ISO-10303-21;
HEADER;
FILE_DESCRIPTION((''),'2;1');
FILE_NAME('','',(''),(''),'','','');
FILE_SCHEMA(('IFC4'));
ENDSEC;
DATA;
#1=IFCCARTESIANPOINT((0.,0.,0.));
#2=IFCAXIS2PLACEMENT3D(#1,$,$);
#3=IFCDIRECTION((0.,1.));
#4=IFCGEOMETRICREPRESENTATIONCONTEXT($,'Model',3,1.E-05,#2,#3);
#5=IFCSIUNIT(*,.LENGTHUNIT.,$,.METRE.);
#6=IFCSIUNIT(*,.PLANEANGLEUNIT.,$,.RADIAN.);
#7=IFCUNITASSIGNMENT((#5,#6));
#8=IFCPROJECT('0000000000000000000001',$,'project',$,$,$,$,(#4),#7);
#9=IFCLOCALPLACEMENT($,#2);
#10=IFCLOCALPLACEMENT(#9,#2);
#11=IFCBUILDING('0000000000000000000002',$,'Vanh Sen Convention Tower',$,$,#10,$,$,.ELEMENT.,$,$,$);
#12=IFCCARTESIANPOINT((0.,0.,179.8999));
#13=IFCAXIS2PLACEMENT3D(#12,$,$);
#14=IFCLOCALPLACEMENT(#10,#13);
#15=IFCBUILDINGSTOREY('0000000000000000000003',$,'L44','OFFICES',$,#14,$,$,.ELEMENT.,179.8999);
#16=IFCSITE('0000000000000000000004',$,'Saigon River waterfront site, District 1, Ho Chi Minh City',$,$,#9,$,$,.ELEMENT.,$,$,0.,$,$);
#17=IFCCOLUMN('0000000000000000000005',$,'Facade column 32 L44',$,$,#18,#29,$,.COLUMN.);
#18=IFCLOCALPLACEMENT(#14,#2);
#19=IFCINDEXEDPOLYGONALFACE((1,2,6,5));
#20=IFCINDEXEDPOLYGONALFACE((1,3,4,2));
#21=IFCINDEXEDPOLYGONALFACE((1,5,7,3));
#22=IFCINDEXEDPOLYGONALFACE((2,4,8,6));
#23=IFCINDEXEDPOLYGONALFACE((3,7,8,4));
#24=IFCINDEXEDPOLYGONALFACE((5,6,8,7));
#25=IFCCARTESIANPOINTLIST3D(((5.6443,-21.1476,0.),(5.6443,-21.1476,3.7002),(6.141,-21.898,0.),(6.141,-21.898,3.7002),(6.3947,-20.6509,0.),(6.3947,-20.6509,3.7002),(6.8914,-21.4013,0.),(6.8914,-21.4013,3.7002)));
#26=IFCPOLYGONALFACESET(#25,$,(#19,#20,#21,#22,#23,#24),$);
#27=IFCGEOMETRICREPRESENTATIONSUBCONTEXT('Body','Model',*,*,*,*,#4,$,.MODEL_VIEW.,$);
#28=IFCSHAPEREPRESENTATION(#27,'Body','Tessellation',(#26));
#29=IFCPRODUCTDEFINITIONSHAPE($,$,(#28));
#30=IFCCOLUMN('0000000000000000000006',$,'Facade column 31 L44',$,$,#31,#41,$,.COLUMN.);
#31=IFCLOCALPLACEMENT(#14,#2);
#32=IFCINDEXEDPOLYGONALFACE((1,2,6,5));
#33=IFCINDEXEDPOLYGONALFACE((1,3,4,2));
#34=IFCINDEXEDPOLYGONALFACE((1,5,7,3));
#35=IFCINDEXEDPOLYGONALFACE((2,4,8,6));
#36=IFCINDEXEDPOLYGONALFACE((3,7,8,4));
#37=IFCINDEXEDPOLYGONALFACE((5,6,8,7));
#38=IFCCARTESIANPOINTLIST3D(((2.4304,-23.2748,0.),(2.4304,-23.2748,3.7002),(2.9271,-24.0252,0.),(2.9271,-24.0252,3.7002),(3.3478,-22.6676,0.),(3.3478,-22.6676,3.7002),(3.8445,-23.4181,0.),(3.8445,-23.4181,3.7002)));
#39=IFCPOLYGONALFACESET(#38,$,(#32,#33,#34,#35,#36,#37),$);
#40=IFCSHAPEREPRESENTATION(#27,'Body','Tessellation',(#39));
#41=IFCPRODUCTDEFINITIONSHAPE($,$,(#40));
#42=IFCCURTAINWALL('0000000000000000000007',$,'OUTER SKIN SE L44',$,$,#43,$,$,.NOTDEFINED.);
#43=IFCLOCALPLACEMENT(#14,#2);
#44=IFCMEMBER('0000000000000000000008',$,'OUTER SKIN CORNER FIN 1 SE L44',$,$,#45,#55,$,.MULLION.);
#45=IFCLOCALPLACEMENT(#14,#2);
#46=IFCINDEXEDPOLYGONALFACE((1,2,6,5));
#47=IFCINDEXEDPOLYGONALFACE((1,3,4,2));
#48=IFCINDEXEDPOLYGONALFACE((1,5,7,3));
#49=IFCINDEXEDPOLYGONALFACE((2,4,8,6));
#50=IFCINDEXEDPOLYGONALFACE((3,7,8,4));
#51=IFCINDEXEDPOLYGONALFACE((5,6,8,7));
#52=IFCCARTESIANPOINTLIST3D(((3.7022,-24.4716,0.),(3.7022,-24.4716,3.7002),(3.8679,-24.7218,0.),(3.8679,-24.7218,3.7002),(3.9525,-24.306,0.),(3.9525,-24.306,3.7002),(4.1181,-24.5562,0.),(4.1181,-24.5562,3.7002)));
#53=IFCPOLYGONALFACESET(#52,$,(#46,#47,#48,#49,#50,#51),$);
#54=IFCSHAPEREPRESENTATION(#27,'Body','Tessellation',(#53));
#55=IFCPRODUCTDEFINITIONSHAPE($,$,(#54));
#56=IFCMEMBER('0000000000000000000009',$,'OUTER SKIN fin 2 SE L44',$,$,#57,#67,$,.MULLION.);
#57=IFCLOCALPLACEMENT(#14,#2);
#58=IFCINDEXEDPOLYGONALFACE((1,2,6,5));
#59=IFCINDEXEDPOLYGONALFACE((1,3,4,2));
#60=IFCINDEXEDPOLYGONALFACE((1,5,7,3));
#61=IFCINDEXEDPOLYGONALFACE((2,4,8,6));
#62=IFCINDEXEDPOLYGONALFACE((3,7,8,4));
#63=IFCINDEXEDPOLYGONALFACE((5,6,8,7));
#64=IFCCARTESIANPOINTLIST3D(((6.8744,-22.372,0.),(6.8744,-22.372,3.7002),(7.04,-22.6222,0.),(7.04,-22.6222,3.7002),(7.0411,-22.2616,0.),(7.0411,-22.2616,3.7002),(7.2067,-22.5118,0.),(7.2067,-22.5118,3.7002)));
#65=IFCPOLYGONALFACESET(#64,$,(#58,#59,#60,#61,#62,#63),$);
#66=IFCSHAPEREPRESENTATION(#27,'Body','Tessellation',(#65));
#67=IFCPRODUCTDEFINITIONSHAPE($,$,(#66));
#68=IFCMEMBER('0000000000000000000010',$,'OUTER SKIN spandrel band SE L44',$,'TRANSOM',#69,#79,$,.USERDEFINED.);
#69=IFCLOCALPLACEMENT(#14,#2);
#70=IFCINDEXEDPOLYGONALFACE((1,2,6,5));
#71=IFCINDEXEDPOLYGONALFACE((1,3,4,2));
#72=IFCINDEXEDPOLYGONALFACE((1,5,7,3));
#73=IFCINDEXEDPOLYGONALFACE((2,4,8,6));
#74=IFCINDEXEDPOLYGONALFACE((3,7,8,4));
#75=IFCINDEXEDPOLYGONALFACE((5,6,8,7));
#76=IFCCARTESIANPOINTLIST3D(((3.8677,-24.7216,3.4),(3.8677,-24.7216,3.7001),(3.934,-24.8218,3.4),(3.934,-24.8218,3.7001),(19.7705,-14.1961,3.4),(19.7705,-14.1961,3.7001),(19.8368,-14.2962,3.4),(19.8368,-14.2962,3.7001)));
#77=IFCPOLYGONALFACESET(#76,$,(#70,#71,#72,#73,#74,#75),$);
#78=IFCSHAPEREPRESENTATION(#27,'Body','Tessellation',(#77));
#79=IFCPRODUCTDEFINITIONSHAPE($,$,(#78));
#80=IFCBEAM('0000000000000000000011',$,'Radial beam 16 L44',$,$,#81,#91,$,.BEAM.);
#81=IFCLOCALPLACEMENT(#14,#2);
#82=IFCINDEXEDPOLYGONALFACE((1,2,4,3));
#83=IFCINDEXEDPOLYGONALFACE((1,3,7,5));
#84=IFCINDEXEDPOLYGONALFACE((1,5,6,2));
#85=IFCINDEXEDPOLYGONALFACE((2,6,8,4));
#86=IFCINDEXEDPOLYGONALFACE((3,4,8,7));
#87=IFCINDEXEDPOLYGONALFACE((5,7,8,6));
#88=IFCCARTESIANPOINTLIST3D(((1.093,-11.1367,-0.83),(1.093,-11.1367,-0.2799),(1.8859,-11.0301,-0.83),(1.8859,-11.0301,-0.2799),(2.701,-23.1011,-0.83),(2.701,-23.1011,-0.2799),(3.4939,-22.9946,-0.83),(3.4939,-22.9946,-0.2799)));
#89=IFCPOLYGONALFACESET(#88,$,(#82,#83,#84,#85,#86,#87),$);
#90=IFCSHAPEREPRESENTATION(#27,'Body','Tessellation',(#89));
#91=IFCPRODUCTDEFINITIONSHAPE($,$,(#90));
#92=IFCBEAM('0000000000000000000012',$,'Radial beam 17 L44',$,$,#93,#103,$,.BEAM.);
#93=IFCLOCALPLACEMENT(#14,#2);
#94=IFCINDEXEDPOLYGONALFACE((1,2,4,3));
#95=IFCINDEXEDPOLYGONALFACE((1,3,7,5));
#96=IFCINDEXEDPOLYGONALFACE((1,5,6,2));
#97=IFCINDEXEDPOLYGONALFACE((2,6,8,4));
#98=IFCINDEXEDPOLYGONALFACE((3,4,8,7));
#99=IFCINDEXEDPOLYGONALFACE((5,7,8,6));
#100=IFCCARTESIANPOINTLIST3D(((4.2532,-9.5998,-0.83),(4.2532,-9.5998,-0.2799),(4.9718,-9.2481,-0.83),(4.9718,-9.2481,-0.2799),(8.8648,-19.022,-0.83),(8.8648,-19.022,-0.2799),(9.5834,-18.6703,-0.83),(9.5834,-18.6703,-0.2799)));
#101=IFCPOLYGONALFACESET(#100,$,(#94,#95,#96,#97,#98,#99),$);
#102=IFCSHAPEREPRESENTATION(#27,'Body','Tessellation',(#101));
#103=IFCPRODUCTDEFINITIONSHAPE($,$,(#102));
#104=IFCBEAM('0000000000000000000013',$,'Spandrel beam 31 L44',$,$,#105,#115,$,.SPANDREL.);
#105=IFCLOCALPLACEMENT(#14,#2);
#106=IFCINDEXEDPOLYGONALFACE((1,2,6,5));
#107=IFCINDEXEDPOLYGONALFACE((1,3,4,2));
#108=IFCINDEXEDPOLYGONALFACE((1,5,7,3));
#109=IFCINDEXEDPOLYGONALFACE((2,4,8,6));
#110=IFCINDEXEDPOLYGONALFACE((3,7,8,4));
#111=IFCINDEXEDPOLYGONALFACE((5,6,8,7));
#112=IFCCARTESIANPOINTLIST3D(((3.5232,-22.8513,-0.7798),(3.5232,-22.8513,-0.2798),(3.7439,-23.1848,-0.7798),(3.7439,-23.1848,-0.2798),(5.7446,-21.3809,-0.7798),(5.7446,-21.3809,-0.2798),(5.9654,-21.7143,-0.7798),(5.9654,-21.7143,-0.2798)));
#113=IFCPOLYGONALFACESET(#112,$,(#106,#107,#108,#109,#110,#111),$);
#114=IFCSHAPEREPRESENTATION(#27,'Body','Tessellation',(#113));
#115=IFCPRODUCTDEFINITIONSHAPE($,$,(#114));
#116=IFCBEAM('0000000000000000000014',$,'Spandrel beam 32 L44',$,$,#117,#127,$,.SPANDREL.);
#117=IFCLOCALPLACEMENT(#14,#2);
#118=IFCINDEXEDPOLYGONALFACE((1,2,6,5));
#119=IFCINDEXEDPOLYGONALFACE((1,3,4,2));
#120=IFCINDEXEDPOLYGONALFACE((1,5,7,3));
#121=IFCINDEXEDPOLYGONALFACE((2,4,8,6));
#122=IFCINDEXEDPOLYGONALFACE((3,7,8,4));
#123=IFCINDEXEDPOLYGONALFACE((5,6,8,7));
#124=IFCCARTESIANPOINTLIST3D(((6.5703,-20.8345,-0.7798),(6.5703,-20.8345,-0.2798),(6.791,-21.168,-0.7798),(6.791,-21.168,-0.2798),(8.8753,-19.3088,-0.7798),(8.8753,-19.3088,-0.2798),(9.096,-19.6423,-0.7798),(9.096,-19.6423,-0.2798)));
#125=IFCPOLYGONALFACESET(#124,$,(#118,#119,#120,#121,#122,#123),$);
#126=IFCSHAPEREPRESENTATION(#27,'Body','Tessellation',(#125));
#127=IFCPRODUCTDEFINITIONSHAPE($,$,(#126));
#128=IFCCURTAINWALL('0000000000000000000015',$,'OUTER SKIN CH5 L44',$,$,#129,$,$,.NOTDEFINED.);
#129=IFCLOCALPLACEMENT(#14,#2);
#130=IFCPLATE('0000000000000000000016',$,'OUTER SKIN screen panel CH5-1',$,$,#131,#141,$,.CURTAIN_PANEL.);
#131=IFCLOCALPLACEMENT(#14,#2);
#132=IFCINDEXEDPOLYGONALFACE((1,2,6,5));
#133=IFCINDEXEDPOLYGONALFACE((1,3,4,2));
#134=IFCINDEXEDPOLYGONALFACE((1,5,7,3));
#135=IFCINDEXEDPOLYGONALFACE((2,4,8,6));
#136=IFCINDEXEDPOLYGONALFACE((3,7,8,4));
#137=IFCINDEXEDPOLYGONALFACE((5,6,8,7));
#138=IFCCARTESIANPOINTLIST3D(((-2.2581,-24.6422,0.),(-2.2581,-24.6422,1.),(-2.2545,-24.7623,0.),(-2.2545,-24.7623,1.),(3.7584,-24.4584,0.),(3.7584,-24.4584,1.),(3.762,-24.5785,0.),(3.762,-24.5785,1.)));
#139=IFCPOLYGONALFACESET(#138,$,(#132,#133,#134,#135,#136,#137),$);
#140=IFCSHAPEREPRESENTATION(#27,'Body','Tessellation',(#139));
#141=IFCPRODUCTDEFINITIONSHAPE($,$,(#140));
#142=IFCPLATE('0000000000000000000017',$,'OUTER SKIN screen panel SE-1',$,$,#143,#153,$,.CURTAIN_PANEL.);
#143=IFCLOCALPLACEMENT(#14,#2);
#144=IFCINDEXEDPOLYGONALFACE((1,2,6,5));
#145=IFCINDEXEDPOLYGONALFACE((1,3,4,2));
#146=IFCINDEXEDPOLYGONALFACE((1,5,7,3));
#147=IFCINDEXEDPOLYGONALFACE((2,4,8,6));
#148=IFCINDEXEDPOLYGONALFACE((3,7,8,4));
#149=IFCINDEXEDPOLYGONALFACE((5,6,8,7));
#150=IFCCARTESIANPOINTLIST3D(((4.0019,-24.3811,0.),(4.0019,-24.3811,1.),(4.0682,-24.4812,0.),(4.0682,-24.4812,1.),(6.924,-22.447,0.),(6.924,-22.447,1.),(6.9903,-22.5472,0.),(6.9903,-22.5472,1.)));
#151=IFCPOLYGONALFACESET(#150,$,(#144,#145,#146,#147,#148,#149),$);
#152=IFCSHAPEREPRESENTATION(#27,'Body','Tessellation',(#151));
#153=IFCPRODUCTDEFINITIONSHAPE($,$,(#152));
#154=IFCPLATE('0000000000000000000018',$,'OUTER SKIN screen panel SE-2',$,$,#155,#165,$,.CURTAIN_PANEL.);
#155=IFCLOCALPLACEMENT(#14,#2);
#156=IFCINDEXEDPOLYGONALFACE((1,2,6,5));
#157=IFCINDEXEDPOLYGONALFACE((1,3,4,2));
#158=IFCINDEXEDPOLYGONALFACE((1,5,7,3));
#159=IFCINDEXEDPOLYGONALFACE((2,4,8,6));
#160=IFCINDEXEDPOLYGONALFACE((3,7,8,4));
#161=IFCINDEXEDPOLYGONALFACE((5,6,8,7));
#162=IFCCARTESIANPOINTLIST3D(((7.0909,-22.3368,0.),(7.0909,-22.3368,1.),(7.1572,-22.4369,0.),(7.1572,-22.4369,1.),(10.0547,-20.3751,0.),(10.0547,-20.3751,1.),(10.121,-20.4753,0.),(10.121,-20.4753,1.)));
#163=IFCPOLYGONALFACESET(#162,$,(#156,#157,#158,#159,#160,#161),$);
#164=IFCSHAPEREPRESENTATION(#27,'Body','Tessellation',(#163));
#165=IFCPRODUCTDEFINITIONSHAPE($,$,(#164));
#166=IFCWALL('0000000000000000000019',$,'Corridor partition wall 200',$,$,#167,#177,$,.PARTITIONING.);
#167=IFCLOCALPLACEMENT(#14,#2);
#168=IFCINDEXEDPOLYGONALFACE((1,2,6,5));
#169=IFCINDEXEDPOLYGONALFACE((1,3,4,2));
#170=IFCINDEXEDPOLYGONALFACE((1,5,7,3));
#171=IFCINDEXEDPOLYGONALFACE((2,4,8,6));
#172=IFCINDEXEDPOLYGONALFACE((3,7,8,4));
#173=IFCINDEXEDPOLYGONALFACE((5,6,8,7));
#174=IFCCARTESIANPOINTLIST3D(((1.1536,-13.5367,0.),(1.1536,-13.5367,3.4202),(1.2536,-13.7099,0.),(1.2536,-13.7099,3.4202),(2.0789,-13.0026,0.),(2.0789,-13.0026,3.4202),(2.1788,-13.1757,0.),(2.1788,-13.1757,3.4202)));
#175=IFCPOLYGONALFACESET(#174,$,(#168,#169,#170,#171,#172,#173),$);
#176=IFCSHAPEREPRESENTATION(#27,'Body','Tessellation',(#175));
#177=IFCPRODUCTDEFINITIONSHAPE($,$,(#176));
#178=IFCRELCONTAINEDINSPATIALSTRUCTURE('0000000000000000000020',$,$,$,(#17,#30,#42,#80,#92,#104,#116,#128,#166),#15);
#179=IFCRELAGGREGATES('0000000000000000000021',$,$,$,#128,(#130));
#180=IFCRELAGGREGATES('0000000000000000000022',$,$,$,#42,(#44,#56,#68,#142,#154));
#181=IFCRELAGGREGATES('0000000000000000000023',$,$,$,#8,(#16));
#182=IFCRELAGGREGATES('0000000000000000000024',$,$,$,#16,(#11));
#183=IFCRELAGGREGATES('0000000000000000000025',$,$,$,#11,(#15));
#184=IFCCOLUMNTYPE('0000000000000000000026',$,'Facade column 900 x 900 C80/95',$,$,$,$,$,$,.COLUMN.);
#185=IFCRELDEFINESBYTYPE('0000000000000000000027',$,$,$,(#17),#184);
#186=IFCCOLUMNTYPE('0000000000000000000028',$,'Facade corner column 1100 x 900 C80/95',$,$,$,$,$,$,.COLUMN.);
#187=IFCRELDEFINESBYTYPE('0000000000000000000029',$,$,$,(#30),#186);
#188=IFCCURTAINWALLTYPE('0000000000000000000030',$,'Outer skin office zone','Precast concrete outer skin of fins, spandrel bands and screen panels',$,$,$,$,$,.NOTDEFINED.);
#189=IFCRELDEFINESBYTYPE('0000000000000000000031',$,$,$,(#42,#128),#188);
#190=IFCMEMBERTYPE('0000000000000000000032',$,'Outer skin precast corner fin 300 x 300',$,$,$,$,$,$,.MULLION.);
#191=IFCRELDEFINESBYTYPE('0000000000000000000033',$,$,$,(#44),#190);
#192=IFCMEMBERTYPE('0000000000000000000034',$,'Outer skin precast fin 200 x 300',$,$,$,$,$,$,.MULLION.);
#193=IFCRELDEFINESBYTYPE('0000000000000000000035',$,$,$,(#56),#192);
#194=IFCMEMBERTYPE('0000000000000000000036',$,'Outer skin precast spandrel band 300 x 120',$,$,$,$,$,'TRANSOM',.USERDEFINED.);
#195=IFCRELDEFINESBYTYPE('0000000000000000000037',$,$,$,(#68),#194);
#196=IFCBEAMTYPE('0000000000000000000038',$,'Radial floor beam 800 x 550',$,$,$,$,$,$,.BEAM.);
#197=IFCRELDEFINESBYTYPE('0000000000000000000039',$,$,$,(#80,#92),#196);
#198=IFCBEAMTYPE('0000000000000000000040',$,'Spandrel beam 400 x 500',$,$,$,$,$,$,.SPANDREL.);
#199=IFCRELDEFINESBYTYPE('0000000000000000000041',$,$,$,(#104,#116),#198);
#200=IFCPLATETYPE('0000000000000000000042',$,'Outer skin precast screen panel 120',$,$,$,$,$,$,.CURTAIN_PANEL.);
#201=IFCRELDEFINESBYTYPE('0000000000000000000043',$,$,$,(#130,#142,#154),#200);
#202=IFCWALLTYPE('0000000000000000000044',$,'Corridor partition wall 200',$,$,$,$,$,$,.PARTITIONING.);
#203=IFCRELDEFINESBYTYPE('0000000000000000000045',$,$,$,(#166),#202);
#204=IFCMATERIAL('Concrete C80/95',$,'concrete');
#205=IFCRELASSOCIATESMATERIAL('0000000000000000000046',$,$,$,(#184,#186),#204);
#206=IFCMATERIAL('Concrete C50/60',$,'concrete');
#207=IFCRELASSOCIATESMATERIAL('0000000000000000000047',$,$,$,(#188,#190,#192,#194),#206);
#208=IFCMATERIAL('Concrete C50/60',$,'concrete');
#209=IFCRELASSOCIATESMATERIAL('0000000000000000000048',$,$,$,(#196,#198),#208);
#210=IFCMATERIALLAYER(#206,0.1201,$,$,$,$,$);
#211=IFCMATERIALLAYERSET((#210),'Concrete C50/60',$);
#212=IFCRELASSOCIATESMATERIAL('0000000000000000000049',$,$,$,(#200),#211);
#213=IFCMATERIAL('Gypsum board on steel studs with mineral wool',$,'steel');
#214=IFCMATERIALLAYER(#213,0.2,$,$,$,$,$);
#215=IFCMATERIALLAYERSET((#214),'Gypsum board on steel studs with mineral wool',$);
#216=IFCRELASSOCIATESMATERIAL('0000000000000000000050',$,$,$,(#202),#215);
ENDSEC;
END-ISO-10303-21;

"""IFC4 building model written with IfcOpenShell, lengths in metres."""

from ifc_helpers import new_model, si_unit, direction, frame, frame_2d, origin, origin_2d, place, context, subcontext, project, spatial, rectangle, extrude, material, layer, layer_set, material_profile, profile_set, type_object, element, aggregate, save


model = new_model("IFC4")

# Units and contexts
model_context = context("Model", 3, precision=1e-05, world=origin(), true_north=direction((0.0, 1.0)))
body_context = subcontext(model_context, "Body", "Model", "MODEL_VIEW")
ifc_project = project(units=[si_unit("LENGTHUNIT", "METRE"), si_unit("PLANEANGLEUNIT", "RADIAN")], contexts=[model_context])

# Site, building, storey
site_placement = place(None, origin())
site = spatial("IfcSite", under=ifc_project, at=site_placement, Name="Saigon River waterfront site, District 1, Ho Chi Minh City", CompositionType="ELEMENT", RefElevation=0.0)
building_placement = place(site_placement, origin())
building = spatial("IfcBuilding", under=site, at=building_placement, Name="Vanh Sen Convention Tower", CompositionType="ELEMENT")
storey_placement = place(building_placement, frame((0.0, 0.0, 179.8999)))
storey = spatial("IfcBuildingStorey", under=building, at=storey_placement, Name="L44", Description="OFFICES", CompositionType="ELEMENT", Elevation=179.8999)

# Columns
ifc_material_1 = material(Name="Concrete C80/95", Category="concrete")
ifc_material_profile_1 = material_profile(ifc_material_1, rectangle(XDim=0.8999, YDim=0.8999, at=origin_2d()), Name="RC 900X900")
ifc_profile_set_1 = profile_set([ifc_material_profile_1], Name="Concrete C80/95")
column_type_1 = type_object("IfcColumnType", Name="Facade column 900 x 900 C80/95", PredefinedType="COLUMN", material=ifc_profile_set_1)
column_1_placement = place(storey_placement, frame((6.2678, -21.2744, 0.0), z_axis=(0.0, 0.0, 1.0), x_axis=(0.833886, 0.551937, 0.0)))
element("IfcColumn", 1, at=column_1_placement, inside=storey, type_object=column_type_1, Name="Facade column 32 L44", PredefinedType="COLUMN", context=body_context, shape_type="SweptSolid", body=[
    extrude(rectangle(XDim=0.8999, YDim=0.8999, at=origin_2d()), origin(), (0.0, 0.0, 1.0), 3.7002),
])
ifc_material_profile_2 = material_profile(ifc_material_1, rectangle(XDim=1.1001, YDim=0.8999, at=origin_2d()), Name="RC 1100X900")
ifc_profile_set_2 = profile_set([ifc_material_profile_2], Name="Concrete C80/95")
column_type_2 = type_object("IfcColumnType", Name="Facade corner column 1100 x 900 C80/95", PredefinedType="COLUMN", material=ifc_profile_set_2)
column_2_placement = place(storey_placement, frame((3.1375, -23.3464, 0.0), z_axis=(0.0, 0.0, 1.0), x_axis=(0.833886, 0.551937, 0.0)))
element("IfcColumn", 2, at=column_2_placement, inside=storey, type_object=column_type_2, Name="Facade column 31 L44", PredefinedType="COLUMN", context=body_context, shape_type="SweptSolid", body=[
    extrude(rectangle(XDim=1.1001, YDim=0.8999, at=origin_2d()), origin(), (0.0, 0.0, 1.0), 3.7002),
])

# Curtain wall, members
ifc_material_2 = material(Name="Concrete C50/60", Category="concrete")
curtain_wall_type = type_object("IfcCurtainWallType", Name="Outer skin office zone", Description="Precast concrete outer skin of fins, spandrel bands and screen panels", PredefinedType="NOTDEFINED", material=ifc_material_2)
curtain_wall_1_placement = place(storey_placement, origin())
curtain_wall_1 = element("IfcCurtainWall", 3, at=curtain_wall_1_placement, inside=storey, type_object=curtain_wall_type, Name="OUTER SKIN SE L44", PredefinedType="NOTDEFINED")
ifc_material_profile_3 = material_profile(ifc_material_2, rectangle(XDim=0.3, YDim=0.3, at=origin_2d()), Name="Outer skin precast corner fin 300 x 300")
ifc_profile_set_3 = profile_set([ifc_material_profile_3], Name="Concrete C50/60")
member_type_1 = type_object("IfcMemberType", Name="Outer skin precast corner fin 300 x 300", PredefinedType="MULLION", material=ifc_profile_set_3)
member_1_placement = place(storey_placement, frame((3.9102, -24.5139, 0.0), z_axis=(0.0, 0.0, 1.0), x_axis=(0.833886, 0.551937, 0.0)))
member_1 = element("IfcMember", 4, at=member_1_placement, type_object=member_type_1, Name="OUTER SKIN CORNER FIN 1 SE L44", PredefinedType="MULLION", context=body_context, shape_type="SweptSolid", body=[
    extrude(rectangle(XDim=0.3, YDim=0.3, at=origin_2d()), origin(), (0.0, 0.0, 1.0), 3.7002),
])
ifc_material_profile_4 = material_profile(ifc_material_2, rectangle(XDim=0.2, YDim=0.3, at=origin_2d()), Name="Outer skin precast fin 200 x 300")
ifc_profile_set_4 = profile_set([ifc_material_profile_4], Name="Concrete C50/60")
member_type_2 = type_object("IfcMemberType", Name="Outer skin precast fin 200 x 300", PredefinedType="MULLION", material=ifc_profile_set_4)
member_2_placement = place(storey_placement, frame((7.0405, -22.4419, 0.0), z_axis=(0.0, 0.0, 1.0), x_axis=(0.833886, 0.551937, 0.0)))
member_2 = element("IfcMember", 5, at=member_2_placement, type_object=member_type_2, Name="OUTER SKIN fin 2 SE L44", PredefinedType="MULLION", context=body_context, shape_type="SweptSolid", body=[
    extrude(rectangle(XDim=0.2, YDim=0.3, at=origin_2d()), origin(), (0.0, 0.0, 1.0), 3.7002),
])
ifc_material_profile_5 = material_profile(ifc_material_2, rectangle(XDim=0.1201, YDim=0.3, at=origin_2d()), Name="Outer skin precast spandrel band 300 x 120")
ifc_profile_set_5 = profile_set([ifc_material_profile_5], Name="Concrete C50/60")
member_type_3 = type_object("IfcMemberType", Name="Outer skin precast spandrel band 300 x 120", ElementType="TRANSOM", PredefinedType="USERDEFINED", material=ifc_profile_set_5)
member_3_placement = place(storey_placement, frame((3.9009, -24.7717, 3.55), z_axis=(0.833891, 0.551929, 0.0), x_axis=(-0.551929, 0.833891, 0.0)))
member_3 = element("IfcMember", 6, at=member_3_placement, type_object=member_type_3, Name="OUTER SKIN spandrel band SE L44", ObjectType="TRANSOM", PredefinedType="USERDEFINED", context=body_context, shape_type="SweptSolid", body=[
    extrude(rectangle(XDim=0.1201, YDim=0.3, at=origin_2d()), origin(), (0.0, 0.0, 1.0), 19.0706),
])

# Beams
ifc_material_3 = material(Name="Concrete C50/60", Category="concrete")
ifc_material_profile_6 = material_profile(ifc_material_3, rectangle(XDim=0.8, YDim=0.55, at=origin_2d()), Name="RC 800X550")
ifc_profile_set_6 = profile_set([ifc_material_profile_6], Name="Concrete C50/60")
beam_type_1 = type_object("IfcBeamType", Name="Radial floor beam 800 x 550", PredefinedType="BEAM", material=ifc_profile_set_6)
beam_1_placement = place(storey_placement, frame((3.0974, -23.0479, -0.5549), z_axis=(-0.133194, 0.99109, 0.0), x_axis=(-0.99109, -0.133194, 0.0)))
element("IfcBeam", 7, at=beam_1_placement, inside=storey, type_object=beam_type_1, Name="Radial beam 16 L44", PredefinedType="BEAM", context=body_context, shape_type="SweptSolid", body=[
    extrude(rectangle(XDim=0.8, YDim=0.55, at=origin_2d()), origin(), (0.0, 0.0, 1.0), 12.072),
])
beam_2_placement = place(storey_placement, frame((9.2241, -18.8462, -0.5549), z_axis=(-0.43961, 0.898189, 0.0), x_axis=(-0.898189, -0.43961, 0.0)))
element("IfcBeam", 8, at=beam_2_placement, inside=storey, type_object=beam_type_1, Name="Radial beam 17 L44", PredefinedType="BEAM", context=body_context, shape_type="SweptSolid", body=[
    extrude(rectangle(XDim=0.8, YDim=0.55, at=origin_2d()), origin(), (0.0, 0.0, 1.0), 10.4902),
])
ifc_material_profile_7 = material_profile(ifc_material_3, rectangle(XDim=0.3999, YDim=0.5, at=origin_2d()), Name="RC 400X500")
ifc_profile_set_7 = profile_set([ifc_material_profile_7], Name="Concrete C50/60")
beam_type_2 = type_object("IfcBeamType", Name="Spandrel beam 400 x 500", PredefinedType="SPANDREL", material=ifc_profile_set_7)
beam_3_placement = place(storey_placement, frame((3.6335, -23.0181, -0.5298), z_axis=(0.833865, 0.551969, 0.0), x_axis=(-0.551969, 0.833865, 0.0)))
element("IfcBeam", 9, at=beam_3_placement, inside=storey, type_object=beam_type_2, Name="Spandrel beam 31 L44", PredefinedType="SPANDREL", context=body_context, shape_type="SweptSolid", body=[
    extrude(rectangle(XDim=0.3999, YDim=0.5, at=origin_2d()), origin(), (0.0, 0.0, 1.0), 2.6641),
])
beam_4_placement = place(storey_placement, frame((6.6807, -21.0012, -0.5298), z_axis=(0.83388, 0.551945, 0.0), x_axis=(-0.551945, 0.83388, 0.0)))
element("IfcBeam", 10, at=beam_4_placement, inside=storey, type_object=beam_type_2, Name="Spandrel beam 32 L44", PredefinedType="SPANDREL", context=body_context, shape_type="SweptSolid", body=[
    extrude(rectangle(XDim=0.3999, YDim=0.5, at=origin_2d()), origin(), (0.0, 0.0, 1.0), 2.7642),
])

# Curtain wall, plate
curtain_wall_2_placement = place(storey_placement, origin())
curtain_wall_2 = element("IfcCurtainWall", 11, at=curtain_wall_2_placement, inside=storey, type_object=curtain_wall_type, Name="OUTER SKIN CH5 L44", PredefinedType="NOTDEFINED")
ifc_layer_1 = layer(ifc_material_2, 0.1201)
ifc_layer_set_1 = layer_set([ifc_layer_1], Name="Concrete C50/60")
plate_type = type_object("IfcPlateType", Name="Outer skin precast screen panel 120", PredefinedType="CURTAIN_PANEL", material=ifc_layer_set_1)
plate_1_placement = place(storey_placement, frame((0.752, -24.6104, 0.0), z_axis=(0.0, 0.0, 1.0), x_axis=(0.999534, 0.03054, 0.0)))
plate_1 = element("IfcPlate", 12, at=plate_1_placement, type_object=plate_type, Name="OUTER SKIN screen panel CH5-1", PredefinedType="CURTAIN_PANEL", context=body_context, shape_type="SweptSolid", body=[
    extrude(rectangle(XDim=6.0193, YDim=0.1201, at=origin_2d()), origin(), (0.0, 0.0, 1.0), 1.0),
])
aggregate(curtain_wall_2, [plate_1])

# Plates
plate_2_placement = place(storey_placement, frame((5.4961, -23.4641, 0.0), z_axis=(0.0, 0.0, 1.0), x_axis=(0.83389, 0.551931, 0.0)))
plate_2 = element("IfcPlate", 13, at=plate_2_placement, type_object=plate_type, Name="OUTER SKIN screen panel SE-1", PredefinedType="CURTAIN_PANEL", context=body_context, shape_type="SweptSolid", body=[
    extrude(rectangle(XDim=3.5042, YDim=0.1201, at=origin_2d()), origin(), (0.0, 0.0, 1.0), 1.0),
])
plate_3_placement = place(storey_placement, frame((8.606, -21.406, 0.0), z_axis=(0.0, 0.0, 1.0), x_axis=(0.83389, 0.551931, 0.0)))
plate_3 = element("IfcPlate", 14, at=plate_3_placement, type_object=plate_type, Name="OUTER SKIN screen panel SE-2", PredefinedType="CURTAIN_PANEL", context=body_context, shape_type="SweptSolid", body=[
    extrude(rectangle(XDim=3.5542, YDim=0.1201, at=origin_2d()), origin(), (0.0, 0.0, 1.0), 1.0),
])
aggregate(curtain_wall_1, [member_1, member_2, member_3, plate_2, plate_3])

# Wall
ifc_material_4 = material(Name="Gypsum board on steel studs with mineral wool", Category="steel")
ifc_layer_2 = layer(ifc_material_4, 0.2)
ifc_layer_set_2 = layer_set([ifc_layer_2], Name="Gypsum board on steel studs with mineral wool")
wall_type_1 = type_object("IfcWallType", Name="Corridor partition wall 200", PredefinedType="PARTITIONING", material=ifc_layer_set_2)
wall_1_placement = place(storey_placement, frame((1.2036, -13.6233, 0.0), z_axis=(0.0, 0.0, 1.0), x_axis=(0.866041, 0.499973, 0.0)))
element("IfcWall", 15, at=wall_1_placement, inside=storey, type_object=wall_type_1, Name="Corridor partition wall 200", PredefinedType="PARTITIONING", context=body_context, shape_type="SweptSolid", body=[
    extrude(rectangle(XDim=1.0684, YDim=0.2, at=frame_2d((0.5342, 0.0))), origin(), (0.0, 0.0, 1.0), 3.4202),
])

save(model, "model.ifc")
